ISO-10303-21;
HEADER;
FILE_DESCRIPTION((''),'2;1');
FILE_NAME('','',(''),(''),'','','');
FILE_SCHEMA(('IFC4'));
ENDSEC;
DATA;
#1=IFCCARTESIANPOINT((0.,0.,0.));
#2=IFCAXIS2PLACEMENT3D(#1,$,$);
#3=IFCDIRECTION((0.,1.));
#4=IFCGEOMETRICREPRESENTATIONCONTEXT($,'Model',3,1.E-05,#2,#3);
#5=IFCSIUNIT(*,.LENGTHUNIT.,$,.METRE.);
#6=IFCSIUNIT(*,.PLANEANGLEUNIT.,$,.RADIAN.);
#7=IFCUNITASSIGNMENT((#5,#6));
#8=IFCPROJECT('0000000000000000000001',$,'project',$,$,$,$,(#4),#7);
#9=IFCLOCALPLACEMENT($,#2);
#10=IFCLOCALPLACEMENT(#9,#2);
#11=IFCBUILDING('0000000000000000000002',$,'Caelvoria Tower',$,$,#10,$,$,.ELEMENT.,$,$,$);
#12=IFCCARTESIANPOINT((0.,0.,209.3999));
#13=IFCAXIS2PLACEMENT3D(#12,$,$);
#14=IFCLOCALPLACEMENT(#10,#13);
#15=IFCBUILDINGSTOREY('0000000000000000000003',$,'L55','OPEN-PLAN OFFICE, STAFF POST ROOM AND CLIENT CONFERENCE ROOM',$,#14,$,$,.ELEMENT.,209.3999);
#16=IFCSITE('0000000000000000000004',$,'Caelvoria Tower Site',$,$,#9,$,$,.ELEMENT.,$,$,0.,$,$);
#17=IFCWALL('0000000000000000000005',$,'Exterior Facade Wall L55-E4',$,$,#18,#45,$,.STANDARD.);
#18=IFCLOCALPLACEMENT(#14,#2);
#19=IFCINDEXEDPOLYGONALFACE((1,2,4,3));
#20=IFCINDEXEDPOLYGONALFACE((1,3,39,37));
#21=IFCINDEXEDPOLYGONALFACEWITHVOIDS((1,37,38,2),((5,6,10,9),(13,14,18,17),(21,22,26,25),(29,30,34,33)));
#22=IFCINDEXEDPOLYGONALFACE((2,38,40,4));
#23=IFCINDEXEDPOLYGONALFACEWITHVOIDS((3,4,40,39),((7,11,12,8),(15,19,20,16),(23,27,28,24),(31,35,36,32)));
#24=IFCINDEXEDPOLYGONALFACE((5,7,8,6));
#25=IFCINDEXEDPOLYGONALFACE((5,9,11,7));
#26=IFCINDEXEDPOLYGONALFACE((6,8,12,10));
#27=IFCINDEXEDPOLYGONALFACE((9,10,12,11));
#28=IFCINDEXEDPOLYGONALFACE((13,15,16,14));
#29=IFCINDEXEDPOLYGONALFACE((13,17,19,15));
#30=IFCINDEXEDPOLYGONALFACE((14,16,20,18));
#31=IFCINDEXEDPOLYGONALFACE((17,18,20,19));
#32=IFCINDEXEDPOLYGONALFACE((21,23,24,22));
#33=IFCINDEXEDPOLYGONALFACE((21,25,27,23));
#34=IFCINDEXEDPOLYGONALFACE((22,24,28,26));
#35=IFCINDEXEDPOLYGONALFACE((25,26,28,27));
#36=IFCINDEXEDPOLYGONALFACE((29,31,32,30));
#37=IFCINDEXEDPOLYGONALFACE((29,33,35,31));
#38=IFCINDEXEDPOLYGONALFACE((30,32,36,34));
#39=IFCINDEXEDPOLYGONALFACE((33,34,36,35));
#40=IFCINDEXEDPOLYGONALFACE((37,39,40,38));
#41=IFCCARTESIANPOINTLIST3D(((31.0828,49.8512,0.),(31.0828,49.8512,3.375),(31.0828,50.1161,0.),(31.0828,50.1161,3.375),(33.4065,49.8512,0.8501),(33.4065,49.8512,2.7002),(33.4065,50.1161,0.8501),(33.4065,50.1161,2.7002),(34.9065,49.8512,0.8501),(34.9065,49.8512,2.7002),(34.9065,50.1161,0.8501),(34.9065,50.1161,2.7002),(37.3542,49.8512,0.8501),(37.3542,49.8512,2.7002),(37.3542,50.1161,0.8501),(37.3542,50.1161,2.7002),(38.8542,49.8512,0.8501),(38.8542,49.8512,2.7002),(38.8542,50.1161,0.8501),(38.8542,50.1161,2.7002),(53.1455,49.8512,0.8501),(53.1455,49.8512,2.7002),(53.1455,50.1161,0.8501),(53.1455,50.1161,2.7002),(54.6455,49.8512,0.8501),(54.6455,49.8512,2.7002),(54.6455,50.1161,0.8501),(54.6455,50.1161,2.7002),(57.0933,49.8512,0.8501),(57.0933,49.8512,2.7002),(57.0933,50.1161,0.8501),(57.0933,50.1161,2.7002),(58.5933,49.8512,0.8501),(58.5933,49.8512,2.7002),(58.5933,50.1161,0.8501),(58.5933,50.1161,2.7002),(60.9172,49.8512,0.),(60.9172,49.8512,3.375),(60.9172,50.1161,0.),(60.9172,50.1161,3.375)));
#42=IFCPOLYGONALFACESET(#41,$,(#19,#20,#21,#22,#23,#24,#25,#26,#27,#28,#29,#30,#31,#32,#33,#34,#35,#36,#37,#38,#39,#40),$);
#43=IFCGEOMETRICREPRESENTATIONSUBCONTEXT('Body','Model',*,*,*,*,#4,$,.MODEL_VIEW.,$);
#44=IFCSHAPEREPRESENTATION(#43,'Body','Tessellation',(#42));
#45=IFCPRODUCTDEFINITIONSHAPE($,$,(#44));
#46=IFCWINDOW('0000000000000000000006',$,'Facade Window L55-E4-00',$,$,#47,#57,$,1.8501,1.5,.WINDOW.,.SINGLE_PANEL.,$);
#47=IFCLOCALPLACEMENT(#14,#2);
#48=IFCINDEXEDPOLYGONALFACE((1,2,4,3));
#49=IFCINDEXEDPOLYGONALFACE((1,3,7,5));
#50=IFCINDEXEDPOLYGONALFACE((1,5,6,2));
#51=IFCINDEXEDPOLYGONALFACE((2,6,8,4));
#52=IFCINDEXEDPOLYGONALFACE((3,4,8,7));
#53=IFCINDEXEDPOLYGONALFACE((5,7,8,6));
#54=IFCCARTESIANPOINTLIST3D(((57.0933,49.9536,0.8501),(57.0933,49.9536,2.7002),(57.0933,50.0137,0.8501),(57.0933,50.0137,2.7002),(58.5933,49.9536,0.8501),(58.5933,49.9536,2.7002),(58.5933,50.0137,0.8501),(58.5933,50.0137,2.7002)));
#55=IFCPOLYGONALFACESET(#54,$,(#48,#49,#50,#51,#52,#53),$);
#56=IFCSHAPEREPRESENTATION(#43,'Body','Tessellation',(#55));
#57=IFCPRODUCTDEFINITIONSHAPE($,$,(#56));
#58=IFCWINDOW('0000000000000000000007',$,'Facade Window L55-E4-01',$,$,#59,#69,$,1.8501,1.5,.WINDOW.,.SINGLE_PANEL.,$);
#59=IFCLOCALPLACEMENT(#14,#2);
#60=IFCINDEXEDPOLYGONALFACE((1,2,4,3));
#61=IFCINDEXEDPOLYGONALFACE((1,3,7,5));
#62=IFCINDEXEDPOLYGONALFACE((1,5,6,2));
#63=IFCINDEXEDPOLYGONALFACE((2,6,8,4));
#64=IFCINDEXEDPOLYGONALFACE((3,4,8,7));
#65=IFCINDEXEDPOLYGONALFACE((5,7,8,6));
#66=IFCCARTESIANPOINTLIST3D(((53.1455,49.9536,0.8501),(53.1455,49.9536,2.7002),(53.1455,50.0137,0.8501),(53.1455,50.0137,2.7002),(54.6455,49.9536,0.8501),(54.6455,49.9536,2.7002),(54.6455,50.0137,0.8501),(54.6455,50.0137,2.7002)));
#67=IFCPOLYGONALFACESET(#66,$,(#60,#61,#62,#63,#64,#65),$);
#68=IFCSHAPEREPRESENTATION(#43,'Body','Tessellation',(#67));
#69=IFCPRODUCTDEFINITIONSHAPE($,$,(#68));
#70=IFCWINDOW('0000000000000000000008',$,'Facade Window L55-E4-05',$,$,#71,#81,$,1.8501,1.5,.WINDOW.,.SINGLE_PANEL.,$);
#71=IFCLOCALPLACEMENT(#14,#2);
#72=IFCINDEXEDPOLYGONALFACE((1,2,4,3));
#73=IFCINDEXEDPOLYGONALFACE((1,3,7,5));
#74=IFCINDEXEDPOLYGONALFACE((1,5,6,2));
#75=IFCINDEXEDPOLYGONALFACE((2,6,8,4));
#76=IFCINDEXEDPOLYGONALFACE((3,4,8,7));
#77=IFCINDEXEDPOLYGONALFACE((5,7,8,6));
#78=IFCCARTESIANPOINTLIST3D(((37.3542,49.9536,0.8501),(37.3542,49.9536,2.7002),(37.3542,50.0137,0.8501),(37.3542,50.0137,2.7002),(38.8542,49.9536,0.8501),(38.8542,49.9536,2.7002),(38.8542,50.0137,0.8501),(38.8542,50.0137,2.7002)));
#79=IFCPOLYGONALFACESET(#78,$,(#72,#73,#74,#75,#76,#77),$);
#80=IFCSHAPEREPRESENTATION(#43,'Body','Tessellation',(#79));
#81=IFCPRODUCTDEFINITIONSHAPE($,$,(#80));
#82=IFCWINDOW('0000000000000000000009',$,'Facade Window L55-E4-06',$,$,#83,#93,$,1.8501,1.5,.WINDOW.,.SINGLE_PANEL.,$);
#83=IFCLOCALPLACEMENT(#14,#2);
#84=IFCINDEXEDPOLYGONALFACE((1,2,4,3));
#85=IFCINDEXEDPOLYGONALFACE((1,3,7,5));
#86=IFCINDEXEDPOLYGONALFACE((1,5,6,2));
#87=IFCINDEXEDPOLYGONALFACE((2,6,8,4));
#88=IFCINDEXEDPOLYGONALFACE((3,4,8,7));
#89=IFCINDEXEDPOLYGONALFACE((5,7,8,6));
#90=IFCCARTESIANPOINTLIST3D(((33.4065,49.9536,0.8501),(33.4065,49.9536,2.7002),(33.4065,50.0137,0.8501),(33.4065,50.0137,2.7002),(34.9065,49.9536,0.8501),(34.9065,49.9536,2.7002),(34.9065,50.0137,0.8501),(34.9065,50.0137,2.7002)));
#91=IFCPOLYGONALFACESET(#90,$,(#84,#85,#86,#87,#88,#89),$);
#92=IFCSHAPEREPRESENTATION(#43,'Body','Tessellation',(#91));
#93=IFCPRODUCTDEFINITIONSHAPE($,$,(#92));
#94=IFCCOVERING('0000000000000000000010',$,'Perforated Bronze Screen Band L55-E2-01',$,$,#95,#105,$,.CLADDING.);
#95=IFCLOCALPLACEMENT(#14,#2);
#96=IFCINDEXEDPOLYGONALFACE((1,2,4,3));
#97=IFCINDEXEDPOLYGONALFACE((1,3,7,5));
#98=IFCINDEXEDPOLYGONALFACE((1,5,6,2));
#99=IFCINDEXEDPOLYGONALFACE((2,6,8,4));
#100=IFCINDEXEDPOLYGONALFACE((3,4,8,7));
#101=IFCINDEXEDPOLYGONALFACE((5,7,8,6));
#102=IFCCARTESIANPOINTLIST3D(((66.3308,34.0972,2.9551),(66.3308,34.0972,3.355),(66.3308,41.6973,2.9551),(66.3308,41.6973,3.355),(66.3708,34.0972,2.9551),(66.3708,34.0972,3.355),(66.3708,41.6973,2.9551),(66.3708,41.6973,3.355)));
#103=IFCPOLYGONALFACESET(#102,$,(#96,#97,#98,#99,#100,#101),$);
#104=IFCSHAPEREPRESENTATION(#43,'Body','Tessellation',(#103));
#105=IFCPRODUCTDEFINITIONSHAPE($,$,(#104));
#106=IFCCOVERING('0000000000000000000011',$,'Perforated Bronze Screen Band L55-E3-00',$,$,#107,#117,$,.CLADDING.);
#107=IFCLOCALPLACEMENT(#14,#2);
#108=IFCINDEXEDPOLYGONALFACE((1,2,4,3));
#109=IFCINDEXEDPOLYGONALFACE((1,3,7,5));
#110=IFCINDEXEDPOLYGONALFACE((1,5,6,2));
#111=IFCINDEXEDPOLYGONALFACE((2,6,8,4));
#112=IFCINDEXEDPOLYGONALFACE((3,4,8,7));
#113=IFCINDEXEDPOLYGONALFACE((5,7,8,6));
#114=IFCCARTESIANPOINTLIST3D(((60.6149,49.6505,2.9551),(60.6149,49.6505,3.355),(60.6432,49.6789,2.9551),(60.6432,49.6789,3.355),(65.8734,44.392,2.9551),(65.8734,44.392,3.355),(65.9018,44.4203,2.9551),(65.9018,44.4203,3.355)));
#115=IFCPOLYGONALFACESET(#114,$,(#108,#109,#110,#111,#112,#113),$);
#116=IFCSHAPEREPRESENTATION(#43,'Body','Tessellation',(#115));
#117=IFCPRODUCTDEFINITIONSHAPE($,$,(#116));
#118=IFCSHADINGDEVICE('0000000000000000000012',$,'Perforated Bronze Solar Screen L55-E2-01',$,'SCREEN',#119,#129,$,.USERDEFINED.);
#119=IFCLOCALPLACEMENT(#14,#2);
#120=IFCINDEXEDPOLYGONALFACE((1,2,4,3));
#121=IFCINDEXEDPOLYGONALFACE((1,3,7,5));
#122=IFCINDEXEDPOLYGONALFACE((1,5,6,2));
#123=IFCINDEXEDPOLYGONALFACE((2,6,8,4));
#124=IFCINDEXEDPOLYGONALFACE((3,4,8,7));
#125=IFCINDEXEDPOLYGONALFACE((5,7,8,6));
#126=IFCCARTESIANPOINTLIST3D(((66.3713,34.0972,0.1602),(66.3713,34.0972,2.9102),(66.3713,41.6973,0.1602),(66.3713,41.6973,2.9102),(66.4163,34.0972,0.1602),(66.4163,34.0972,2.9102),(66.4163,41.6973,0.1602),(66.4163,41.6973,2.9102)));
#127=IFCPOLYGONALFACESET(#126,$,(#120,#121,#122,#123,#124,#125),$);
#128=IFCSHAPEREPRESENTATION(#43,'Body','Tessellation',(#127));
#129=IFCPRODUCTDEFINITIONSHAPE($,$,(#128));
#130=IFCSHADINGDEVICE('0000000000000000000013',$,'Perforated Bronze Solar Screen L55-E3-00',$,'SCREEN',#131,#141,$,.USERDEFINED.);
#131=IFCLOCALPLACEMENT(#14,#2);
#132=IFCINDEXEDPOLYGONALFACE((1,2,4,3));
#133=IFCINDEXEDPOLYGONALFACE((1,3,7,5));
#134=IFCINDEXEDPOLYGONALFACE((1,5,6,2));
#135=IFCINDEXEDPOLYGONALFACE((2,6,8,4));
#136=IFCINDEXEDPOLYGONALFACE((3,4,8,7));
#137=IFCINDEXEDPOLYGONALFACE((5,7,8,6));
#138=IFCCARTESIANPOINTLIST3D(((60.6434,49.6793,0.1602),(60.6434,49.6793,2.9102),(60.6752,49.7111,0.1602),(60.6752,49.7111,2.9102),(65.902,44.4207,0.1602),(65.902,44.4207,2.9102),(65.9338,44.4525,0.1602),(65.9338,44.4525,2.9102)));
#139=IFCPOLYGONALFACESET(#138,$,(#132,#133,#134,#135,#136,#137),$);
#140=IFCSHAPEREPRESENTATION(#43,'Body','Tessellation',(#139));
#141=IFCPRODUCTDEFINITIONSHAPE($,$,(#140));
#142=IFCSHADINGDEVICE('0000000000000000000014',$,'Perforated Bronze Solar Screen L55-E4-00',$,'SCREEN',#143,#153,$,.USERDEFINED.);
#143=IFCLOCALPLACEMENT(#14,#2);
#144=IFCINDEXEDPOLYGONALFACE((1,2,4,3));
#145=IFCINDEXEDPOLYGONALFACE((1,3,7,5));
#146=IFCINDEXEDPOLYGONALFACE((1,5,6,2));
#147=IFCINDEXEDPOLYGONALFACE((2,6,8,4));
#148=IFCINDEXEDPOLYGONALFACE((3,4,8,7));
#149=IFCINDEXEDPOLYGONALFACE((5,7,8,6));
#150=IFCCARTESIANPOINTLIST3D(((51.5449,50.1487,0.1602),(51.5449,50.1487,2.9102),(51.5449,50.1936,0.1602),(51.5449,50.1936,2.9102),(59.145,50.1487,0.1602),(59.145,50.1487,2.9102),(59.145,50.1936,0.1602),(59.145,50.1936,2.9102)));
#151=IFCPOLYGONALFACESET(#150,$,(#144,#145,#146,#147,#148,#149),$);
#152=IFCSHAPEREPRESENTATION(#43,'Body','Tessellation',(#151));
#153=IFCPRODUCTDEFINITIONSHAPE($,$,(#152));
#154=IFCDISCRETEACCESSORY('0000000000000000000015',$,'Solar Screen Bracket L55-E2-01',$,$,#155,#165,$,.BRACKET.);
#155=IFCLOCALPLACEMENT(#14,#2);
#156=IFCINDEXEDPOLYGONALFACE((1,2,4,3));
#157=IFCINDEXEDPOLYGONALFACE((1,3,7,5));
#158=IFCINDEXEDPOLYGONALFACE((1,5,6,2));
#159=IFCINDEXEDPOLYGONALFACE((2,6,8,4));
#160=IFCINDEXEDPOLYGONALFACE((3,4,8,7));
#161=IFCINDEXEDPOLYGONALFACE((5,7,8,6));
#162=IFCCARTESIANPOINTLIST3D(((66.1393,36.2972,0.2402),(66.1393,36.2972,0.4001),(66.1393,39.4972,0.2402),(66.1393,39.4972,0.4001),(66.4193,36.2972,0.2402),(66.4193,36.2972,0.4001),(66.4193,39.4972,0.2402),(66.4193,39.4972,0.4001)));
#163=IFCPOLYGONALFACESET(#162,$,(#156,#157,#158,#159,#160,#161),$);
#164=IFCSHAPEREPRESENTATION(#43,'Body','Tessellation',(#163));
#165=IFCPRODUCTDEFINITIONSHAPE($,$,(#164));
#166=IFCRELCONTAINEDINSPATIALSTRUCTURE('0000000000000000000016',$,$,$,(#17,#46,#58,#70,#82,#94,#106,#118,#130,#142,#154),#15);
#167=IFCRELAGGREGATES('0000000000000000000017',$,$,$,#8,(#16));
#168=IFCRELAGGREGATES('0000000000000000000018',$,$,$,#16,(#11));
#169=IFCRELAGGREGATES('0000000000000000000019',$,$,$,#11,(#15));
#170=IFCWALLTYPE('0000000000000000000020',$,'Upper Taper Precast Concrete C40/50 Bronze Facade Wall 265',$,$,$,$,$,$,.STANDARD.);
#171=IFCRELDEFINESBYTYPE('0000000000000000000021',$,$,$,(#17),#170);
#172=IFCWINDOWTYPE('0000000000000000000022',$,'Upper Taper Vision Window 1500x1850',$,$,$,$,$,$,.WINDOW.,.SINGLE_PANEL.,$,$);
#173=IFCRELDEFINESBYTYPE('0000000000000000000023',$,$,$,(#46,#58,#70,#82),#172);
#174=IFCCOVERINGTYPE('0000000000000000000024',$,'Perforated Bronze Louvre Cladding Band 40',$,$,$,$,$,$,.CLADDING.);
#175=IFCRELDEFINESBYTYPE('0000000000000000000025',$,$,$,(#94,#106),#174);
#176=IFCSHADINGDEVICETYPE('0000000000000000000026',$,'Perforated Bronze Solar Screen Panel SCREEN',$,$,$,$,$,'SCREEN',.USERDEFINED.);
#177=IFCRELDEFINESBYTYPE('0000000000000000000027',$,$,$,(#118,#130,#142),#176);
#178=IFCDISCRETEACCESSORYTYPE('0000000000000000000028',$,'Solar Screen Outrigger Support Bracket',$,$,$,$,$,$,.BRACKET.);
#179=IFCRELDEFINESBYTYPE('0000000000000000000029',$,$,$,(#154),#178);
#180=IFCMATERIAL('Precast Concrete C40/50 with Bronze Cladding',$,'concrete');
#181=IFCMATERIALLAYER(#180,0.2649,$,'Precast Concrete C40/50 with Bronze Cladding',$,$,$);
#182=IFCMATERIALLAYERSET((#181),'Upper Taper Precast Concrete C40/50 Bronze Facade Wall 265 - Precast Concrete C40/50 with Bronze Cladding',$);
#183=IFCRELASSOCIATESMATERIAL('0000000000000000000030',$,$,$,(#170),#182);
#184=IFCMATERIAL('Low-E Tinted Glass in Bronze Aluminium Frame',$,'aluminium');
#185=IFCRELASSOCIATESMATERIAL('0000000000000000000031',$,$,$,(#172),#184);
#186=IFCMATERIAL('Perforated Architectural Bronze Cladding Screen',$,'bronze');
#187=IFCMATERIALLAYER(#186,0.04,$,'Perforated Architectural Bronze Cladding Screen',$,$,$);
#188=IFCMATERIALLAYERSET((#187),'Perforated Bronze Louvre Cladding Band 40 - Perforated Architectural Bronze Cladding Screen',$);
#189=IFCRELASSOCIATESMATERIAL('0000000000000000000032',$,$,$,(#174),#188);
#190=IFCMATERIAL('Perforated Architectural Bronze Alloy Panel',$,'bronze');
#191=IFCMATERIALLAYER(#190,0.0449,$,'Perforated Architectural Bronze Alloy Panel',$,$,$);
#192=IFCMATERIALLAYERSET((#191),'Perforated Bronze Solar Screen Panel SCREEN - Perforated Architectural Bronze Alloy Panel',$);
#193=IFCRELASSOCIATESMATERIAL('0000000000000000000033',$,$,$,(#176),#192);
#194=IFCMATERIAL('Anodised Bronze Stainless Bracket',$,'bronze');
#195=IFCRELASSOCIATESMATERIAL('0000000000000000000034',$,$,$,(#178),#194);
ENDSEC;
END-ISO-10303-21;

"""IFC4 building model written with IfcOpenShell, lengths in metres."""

from ifc_helpers import new_model, si_unit, direction, frame, frame_2d, origin, origin_2d, place, context, subcontext, project, spatial, rectangle, extrude, material, layer, layer_set, type_object, element, fill, save


model = new_model("IFC4")

# Units and contexts
model_context = context("Model", 3, precision=1e-05, world=origin(), true_north=direction((0.0, 1.0)))
body_context = subcontext(model_context, "Body", "Model", "MODEL_VIEW")
ifc_project = project(units=[si_unit("LENGTHUNIT", "METRE"), si_unit("PLANEANGLEUNIT", "RADIAN")], contexts=[model_context])

# Site, building, storey
site_placement = place(None, origin())
site = spatial("IfcSite", under=ifc_project, at=site_placement, Name="Caelvoria Tower Site", CompositionType="ELEMENT", RefElevation=0.0)
building_placement = place(site_placement, origin())
building = spatial("IfcBuilding", under=site, at=building_placement, Name="Caelvoria Tower", CompositionType="ELEMENT")
storey_placement = place(building_placement, frame((0.0, 0.0, 209.3999)))
storey = spatial("IfcBuildingStorey", under=building, at=storey_placement, Name="L55", Description="OPEN-PLAN OFFICE, STAFF POST ROOM AND CLIENT CONFERENCE ROOM", CompositionType="ELEMENT", Elevation=209.3999)

# Shared definitions
ifc_material_1 = material(Name="Precast Concrete C40/50 with Bronze Cladding", Category="concrete")
ifc_layer_1 = layer(ifc_material_1, 0.2649, Name="Precast Concrete C40/50 with Bronze Cladding")
ifc_layer_set_1 = layer_set([ifc_layer_1], Name="Upper Taper Precast Concrete C40/50 Bronze Facade Wall 265 - Precast Concrete C40/50 with Bronze Cladding")
wall_type_1 = type_object("IfcWallType", Name="Upper Taper Precast Concrete C40/50 Bronze Facade Wall 265", PredefinedType="STANDARD", material=ifc_layer_set_1)

# Wall, openings, windows
wall_1_placement = place(storey_placement, frame((60.9172, 49.9836, 0.0), z_axis=(0.0, 0.0, 1.0), x_axis=(-1.0, 0.0, 0.0)))
wall_1 = element("IfcWall", 1, at=wall_1_placement, inside=storey, type_object=wall_type_1, Name="Exterior Facade Wall L55-E4", PredefinedType="STANDARD", context=body_context, shape_type="SweptSolid", body=[
    extrude(rectangle(XDim=29.8345, YDim=0.2649, at=frame_2d((14.9172, 0.0))), origin(), (0.0, 0.0, 1.0), 3.375),
])
opening_1_placement = place(wall_1_placement, frame((2.324, 0.0, 0.8501)))
opening_1 = element("IfcOpeningElement", 2, at=opening_1_placement, cuts=wall_1, PredefinedType="OPENING", context=body_context, shape_type="SweptSolid", body=[
    extrude(rectangle(XDim=1.5, YDim=1.8501, at=frame_2d((0.75, 0.925))), frame((0.0, 0.1423, 0.0), z_axis=(0.0, -1.0, 0.0), x_axis=(1.0, 0.0, 0.0)), (0.0, 0.0, 1.0), 0.2849),
])
opening_2_placement = place(wall_1_placement, frame((6.2717, 0.0, 0.8501)))
opening_2 = element("IfcOpeningElement", 3, at=opening_2_placement, cuts=wall_1, PredefinedType="OPENING", context=body_context, shape_type="SweptSolid", body=[
    extrude(rectangle(XDim=1.5, YDim=1.8501, at=frame_2d((0.75, 0.925))), frame((0.0, 0.1423, 0.0), z_axis=(0.0, -1.0, 0.0), x_axis=(1.0, 0.0, 0.0)), (0.0, 0.0, 1.0), 0.2849),
])
opening_3_placement = place(wall_1_placement, frame((22.063, 0.0, 0.8501)))
opening_3 = element("IfcOpeningElement", 4, at=opening_3_placement, cuts=wall_1, PredefinedType="OPENING", context=body_context, shape_type="SweptSolid", body=[
    extrude(rectangle(XDim=1.5, YDim=1.8501, at=frame_2d((0.75, 0.925))), frame((0.0, 0.1423, 0.0), z_axis=(0.0, -1.0, 0.0), x_axis=(1.0, 0.0, 0.0)), (0.0, 0.0, 1.0), 0.2849),
])
opening_4_placement = place(wall_1_placement, frame((26.0107, 0.0, 0.8501)))
opening_4 = element("IfcOpeningElement", 5, at=opening_4_placement, cuts=wall_1, PredefinedType="OPENING", context=body_context, shape_type="SweptSolid", body=[
    extrude(rectangle(XDim=1.5, YDim=1.8501, at=frame_2d((0.75, 0.925))), frame((0.0, 0.1423, 0.0), z_axis=(0.0, -1.0, 0.0), x_axis=(1.0, 0.0, 0.0)), (0.0, 0.0, 1.0), 0.2849),
])
ifc_material_2 = material(Name="Low-E Tinted Glass in Bronze Aluminium Frame", Category="aluminium")
window_type = type_object("IfcWindowType", Name="Upper Taper Vision Window 1500x1850", PartitioningType="SINGLE_PANEL", PredefinedType="WINDOW", material=ifc_material_2)
window_1_placement = place(opening_1_placement, origin())
window_1 = element("IfcWindow", 6, at=window_1_placement, inside=storey, type_object=window_type, Name="Facade Window L55-E4-00", OverallHeight=1.8501, OverallWidth=1.5, PartitioningType="SINGLE_PANEL", PredefinedType="WINDOW", context=body_context, shape_type="SweptSolid", body=[
    extrude(rectangle(XDim=1.5, YDim=1.8501, at=frame_2d((0.75, 0.925))), frame((0.0, 0.03, 0.0), z_axis=(0.0, -1.0, 0.0), x_axis=(1.0, 0.0, 0.0)), (0.0, 0.0, 1.0), 0.0601),
])
fill(opening_1, window_1)
window_2_placement = place(opening_2_placement, origin())
window_2 = element("IfcWindow", 7, at=window_2_placement, inside=storey, type_object=window_type, Name="Facade Window L55-E4-01", OverallHeight=1.8501, OverallWidth=1.5, PartitioningType="SINGLE_PANEL", PredefinedType="WINDOW", context=body_context, shape_type="SweptSolid", body=[
    extrude(rectangle(XDim=1.5, YDim=1.8501, at=frame_2d((0.75, 0.925))), frame((0.0, 0.03, 0.0), z_axis=(0.0, -1.0, 0.0), x_axis=(1.0, 0.0, 0.0)), (0.0, 0.0, 1.0), 0.0601),
])
fill(opening_2, window_2)
window_3_placement = place(opening_3_placement, origin())
window_3 = element("IfcWindow", 8, at=window_3_placement, inside=storey, type_object=window_type, Name="Facade Window L55-E4-05", OverallHeight=1.8501, OverallWidth=1.5, PartitioningType="SINGLE_PANEL", PredefinedType="WINDOW", context=body_context, shape_type="SweptSolid", body=[
    extrude(rectangle(XDim=1.5, YDim=1.8501, at=frame_2d((0.75, 0.925))), frame((0.0, 0.03, 0.0), z_axis=(0.0, -1.0, 0.0), x_axis=(1.0, 0.0, 0.0)), (0.0, 0.0, 1.0), 0.0601),
])
fill(opening_3, window_3)
window_4_placement = place(opening_4_placement, origin())
window_4 = element("IfcWindow", 9, at=window_4_placement, inside=storey, type_object=window_type, Name="Facade Window L55-E4-06", OverallHeight=1.8501, OverallWidth=1.5, PartitioningType="SINGLE_PANEL", PredefinedType="WINDOW", context=body_context, shape_type="SweptSolid", body=[
    extrude(rectangle(XDim=1.5, YDim=1.8501, at=frame_2d((0.75, 0.925))), frame((0.0, 0.03, 0.0), z_axis=(0.0, -1.0, 0.0), x_axis=(1.0, 0.0, 0.0)), (0.0, 0.0, 1.0), 0.0601),
])
fill(opening_4, window_4)

# Coverings
ifc_material_3 = material(Name="Perforated Architectural Bronze Cladding Screen", Category="bronze")
ifc_layer_2 = layer(ifc_material_3, 0.04, Name="Perforated Architectural Bronze Cladding Screen")
ifc_layer_set_2 = layer_set([ifc_layer_2], Name="Perforated Bronze Louvre Cladding Band 40 - Perforated Architectural Bronze Cladding Screen")
covering_type = type_object("IfcCoveringType", Name="Perforated Bronze Louvre Cladding Band 40", PredefinedType="CLADDING", material=ifc_layer_set_2)
covering_1_placement = place(storey_placement, frame((66.3508, 37.8972, 2.9551), z_axis=(0.0, 0.0, 1.0), x_axis=(0.0, 1.0, 0.0)))
element("IfcCovering", 10, at=covering_1_placement, inside=storey, type_object=covering_type, Name="Perforated Bronze Screen Band L55-E2-01", PredefinedType="CLADDING", context=body_context, shape_type="SweptSolid", body=[
    extrude(rectangle(XDim=7.6001, YDim=0.04, at=origin_2d()), origin(), (0.0, 0.0, 1.0), 0.3999),
])
covering_2_placement = place(storey_placement, frame((63.2583, 47.0354, 2.9551), z_axis=(0.0, 0.0, 1.0), x_axis=(-0.707107, 0.707107, 0.0)))
element("IfcCovering", 11, at=covering_2_placement, inside=storey, type_object=covering_type, Name="Perforated Bronze Screen Band L55-E3-00", PredefinedType="CLADDING", context=body_context, shape_type="SweptSolid", body=[
    extrude(rectangle(XDim=7.4368, YDim=0.04, at=origin_2d()), origin(), (0.0, 0.0, 1.0), 0.3999),
])

# Shading devices
ifc_material_4 = material(Name="Perforated Architectural Bronze Alloy Panel", Category="bronze")
ifc_layer_3 = layer(ifc_material_4, 0.0449, Name="Perforated Architectural Bronze Alloy Panel")
ifc_layer_set_3 = layer_set([ifc_layer_3], Name="Perforated Bronze Solar Screen Panel SCREEN - Perforated Architectural Bronze Alloy Panel")
shading_device_type = type_object("IfcShadingDeviceType", Name="Perforated Bronze Solar Screen Panel SCREEN", ElementType="SCREEN", PredefinedType="USERDEFINED", material=ifc_layer_set_3)
shading_device_1_placement = place(storey_placement, frame((66.3938, 37.8972, 0.1602), z_axis=(0.0, 0.0, 1.0), x_axis=(0.0, 1.0, 0.0)))
element("IfcShadingDevice", 12, at=shading_device_1_placement, inside=storey, type_object=shading_device_type, Name="Perforated Bronze Solar Screen L55-E2-01", ObjectType="SCREEN", PredefinedType="USERDEFINED", context=body_context, shape_type="SweptSolid", body=[
    extrude(rectangle(XDim=7.6001, YDim=0.0449, at=origin_2d()), origin(), (0.0, 0.0, 1.0), 2.75),
])
shading_device_2_placement = place(storey_placement, frame((63.2886, 47.0659, 0.1602), z_axis=(0.0, 0.0, 1.0), x_axis=(-0.707107, 0.707107, 0.0)))
element("IfcShadingDevice", 13, at=shading_device_2_placement, inside=storey, type_object=shading_device_type, Name="Perforated Bronze Solar Screen L55-E3-00", ObjectType="SCREEN", PredefinedType="USERDEFINED", context=body_context, shape_type="SweptSolid", body=[
    extrude(rectangle(XDim=7.4368, YDim=0.0449, at=origin_2d()), origin(), (0.0, 0.0, 1.0), 2.75),
])
shading_device_3_placement = place(storey_placement, frame((55.345, 50.1711, 0.1602), z_axis=(0.0, 0.0, 1.0), x_axis=(-1.0, 0.0, 0.0)))
element("IfcShadingDevice", 14, at=shading_device_3_placement, inside=storey, type_object=shading_device_type, Name="Perforated Bronze Solar Screen L55-E4-00", ObjectType="SCREEN", PredefinedType="USERDEFINED", context=body_context, shape_type="SweptSolid", body=[
    extrude(rectangle(XDim=7.6001, YDim=0.0449, at=origin_2d()), origin(), (0.0, 0.0, 1.0), 2.75),
])

# Discrete accessory
ifc_material_5 = material(Name="Anodised Bronze Stainless Bracket", Category="bronze")
discrete_accessory_type = type_object("IfcDiscreteAccessoryType", Name="Solar Screen Outrigger Support Bracket", PredefinedType="BRACKET", material=ifc_material_5)
for number, where, z_axis, x_axis, name in (
    (15, (66.2793, 37.8972, 0.2402), (0.0, 0.0, 1.0), (0.0, 1.0, 0.0), "Solar Screen Bracket L55-E2-01"),
):
    element("IfcDiscreteAccessory", number, at=place(storey_placement, frame(where, z_axis=z_axis, x_axis=x_axis)), inside=storey, type_object=discrete_accessory_type, Name=name, PredefinedType="BRACKET", context=body_context, shape_type="SweptSolid", body=[
        extrude(rectangle(XDim=3.2, YDim=0.28, at=origin_2d()), origin(), (0.0, 0.0, 1.0), 0.1599),
    ])

save(model, "model.ifc")
